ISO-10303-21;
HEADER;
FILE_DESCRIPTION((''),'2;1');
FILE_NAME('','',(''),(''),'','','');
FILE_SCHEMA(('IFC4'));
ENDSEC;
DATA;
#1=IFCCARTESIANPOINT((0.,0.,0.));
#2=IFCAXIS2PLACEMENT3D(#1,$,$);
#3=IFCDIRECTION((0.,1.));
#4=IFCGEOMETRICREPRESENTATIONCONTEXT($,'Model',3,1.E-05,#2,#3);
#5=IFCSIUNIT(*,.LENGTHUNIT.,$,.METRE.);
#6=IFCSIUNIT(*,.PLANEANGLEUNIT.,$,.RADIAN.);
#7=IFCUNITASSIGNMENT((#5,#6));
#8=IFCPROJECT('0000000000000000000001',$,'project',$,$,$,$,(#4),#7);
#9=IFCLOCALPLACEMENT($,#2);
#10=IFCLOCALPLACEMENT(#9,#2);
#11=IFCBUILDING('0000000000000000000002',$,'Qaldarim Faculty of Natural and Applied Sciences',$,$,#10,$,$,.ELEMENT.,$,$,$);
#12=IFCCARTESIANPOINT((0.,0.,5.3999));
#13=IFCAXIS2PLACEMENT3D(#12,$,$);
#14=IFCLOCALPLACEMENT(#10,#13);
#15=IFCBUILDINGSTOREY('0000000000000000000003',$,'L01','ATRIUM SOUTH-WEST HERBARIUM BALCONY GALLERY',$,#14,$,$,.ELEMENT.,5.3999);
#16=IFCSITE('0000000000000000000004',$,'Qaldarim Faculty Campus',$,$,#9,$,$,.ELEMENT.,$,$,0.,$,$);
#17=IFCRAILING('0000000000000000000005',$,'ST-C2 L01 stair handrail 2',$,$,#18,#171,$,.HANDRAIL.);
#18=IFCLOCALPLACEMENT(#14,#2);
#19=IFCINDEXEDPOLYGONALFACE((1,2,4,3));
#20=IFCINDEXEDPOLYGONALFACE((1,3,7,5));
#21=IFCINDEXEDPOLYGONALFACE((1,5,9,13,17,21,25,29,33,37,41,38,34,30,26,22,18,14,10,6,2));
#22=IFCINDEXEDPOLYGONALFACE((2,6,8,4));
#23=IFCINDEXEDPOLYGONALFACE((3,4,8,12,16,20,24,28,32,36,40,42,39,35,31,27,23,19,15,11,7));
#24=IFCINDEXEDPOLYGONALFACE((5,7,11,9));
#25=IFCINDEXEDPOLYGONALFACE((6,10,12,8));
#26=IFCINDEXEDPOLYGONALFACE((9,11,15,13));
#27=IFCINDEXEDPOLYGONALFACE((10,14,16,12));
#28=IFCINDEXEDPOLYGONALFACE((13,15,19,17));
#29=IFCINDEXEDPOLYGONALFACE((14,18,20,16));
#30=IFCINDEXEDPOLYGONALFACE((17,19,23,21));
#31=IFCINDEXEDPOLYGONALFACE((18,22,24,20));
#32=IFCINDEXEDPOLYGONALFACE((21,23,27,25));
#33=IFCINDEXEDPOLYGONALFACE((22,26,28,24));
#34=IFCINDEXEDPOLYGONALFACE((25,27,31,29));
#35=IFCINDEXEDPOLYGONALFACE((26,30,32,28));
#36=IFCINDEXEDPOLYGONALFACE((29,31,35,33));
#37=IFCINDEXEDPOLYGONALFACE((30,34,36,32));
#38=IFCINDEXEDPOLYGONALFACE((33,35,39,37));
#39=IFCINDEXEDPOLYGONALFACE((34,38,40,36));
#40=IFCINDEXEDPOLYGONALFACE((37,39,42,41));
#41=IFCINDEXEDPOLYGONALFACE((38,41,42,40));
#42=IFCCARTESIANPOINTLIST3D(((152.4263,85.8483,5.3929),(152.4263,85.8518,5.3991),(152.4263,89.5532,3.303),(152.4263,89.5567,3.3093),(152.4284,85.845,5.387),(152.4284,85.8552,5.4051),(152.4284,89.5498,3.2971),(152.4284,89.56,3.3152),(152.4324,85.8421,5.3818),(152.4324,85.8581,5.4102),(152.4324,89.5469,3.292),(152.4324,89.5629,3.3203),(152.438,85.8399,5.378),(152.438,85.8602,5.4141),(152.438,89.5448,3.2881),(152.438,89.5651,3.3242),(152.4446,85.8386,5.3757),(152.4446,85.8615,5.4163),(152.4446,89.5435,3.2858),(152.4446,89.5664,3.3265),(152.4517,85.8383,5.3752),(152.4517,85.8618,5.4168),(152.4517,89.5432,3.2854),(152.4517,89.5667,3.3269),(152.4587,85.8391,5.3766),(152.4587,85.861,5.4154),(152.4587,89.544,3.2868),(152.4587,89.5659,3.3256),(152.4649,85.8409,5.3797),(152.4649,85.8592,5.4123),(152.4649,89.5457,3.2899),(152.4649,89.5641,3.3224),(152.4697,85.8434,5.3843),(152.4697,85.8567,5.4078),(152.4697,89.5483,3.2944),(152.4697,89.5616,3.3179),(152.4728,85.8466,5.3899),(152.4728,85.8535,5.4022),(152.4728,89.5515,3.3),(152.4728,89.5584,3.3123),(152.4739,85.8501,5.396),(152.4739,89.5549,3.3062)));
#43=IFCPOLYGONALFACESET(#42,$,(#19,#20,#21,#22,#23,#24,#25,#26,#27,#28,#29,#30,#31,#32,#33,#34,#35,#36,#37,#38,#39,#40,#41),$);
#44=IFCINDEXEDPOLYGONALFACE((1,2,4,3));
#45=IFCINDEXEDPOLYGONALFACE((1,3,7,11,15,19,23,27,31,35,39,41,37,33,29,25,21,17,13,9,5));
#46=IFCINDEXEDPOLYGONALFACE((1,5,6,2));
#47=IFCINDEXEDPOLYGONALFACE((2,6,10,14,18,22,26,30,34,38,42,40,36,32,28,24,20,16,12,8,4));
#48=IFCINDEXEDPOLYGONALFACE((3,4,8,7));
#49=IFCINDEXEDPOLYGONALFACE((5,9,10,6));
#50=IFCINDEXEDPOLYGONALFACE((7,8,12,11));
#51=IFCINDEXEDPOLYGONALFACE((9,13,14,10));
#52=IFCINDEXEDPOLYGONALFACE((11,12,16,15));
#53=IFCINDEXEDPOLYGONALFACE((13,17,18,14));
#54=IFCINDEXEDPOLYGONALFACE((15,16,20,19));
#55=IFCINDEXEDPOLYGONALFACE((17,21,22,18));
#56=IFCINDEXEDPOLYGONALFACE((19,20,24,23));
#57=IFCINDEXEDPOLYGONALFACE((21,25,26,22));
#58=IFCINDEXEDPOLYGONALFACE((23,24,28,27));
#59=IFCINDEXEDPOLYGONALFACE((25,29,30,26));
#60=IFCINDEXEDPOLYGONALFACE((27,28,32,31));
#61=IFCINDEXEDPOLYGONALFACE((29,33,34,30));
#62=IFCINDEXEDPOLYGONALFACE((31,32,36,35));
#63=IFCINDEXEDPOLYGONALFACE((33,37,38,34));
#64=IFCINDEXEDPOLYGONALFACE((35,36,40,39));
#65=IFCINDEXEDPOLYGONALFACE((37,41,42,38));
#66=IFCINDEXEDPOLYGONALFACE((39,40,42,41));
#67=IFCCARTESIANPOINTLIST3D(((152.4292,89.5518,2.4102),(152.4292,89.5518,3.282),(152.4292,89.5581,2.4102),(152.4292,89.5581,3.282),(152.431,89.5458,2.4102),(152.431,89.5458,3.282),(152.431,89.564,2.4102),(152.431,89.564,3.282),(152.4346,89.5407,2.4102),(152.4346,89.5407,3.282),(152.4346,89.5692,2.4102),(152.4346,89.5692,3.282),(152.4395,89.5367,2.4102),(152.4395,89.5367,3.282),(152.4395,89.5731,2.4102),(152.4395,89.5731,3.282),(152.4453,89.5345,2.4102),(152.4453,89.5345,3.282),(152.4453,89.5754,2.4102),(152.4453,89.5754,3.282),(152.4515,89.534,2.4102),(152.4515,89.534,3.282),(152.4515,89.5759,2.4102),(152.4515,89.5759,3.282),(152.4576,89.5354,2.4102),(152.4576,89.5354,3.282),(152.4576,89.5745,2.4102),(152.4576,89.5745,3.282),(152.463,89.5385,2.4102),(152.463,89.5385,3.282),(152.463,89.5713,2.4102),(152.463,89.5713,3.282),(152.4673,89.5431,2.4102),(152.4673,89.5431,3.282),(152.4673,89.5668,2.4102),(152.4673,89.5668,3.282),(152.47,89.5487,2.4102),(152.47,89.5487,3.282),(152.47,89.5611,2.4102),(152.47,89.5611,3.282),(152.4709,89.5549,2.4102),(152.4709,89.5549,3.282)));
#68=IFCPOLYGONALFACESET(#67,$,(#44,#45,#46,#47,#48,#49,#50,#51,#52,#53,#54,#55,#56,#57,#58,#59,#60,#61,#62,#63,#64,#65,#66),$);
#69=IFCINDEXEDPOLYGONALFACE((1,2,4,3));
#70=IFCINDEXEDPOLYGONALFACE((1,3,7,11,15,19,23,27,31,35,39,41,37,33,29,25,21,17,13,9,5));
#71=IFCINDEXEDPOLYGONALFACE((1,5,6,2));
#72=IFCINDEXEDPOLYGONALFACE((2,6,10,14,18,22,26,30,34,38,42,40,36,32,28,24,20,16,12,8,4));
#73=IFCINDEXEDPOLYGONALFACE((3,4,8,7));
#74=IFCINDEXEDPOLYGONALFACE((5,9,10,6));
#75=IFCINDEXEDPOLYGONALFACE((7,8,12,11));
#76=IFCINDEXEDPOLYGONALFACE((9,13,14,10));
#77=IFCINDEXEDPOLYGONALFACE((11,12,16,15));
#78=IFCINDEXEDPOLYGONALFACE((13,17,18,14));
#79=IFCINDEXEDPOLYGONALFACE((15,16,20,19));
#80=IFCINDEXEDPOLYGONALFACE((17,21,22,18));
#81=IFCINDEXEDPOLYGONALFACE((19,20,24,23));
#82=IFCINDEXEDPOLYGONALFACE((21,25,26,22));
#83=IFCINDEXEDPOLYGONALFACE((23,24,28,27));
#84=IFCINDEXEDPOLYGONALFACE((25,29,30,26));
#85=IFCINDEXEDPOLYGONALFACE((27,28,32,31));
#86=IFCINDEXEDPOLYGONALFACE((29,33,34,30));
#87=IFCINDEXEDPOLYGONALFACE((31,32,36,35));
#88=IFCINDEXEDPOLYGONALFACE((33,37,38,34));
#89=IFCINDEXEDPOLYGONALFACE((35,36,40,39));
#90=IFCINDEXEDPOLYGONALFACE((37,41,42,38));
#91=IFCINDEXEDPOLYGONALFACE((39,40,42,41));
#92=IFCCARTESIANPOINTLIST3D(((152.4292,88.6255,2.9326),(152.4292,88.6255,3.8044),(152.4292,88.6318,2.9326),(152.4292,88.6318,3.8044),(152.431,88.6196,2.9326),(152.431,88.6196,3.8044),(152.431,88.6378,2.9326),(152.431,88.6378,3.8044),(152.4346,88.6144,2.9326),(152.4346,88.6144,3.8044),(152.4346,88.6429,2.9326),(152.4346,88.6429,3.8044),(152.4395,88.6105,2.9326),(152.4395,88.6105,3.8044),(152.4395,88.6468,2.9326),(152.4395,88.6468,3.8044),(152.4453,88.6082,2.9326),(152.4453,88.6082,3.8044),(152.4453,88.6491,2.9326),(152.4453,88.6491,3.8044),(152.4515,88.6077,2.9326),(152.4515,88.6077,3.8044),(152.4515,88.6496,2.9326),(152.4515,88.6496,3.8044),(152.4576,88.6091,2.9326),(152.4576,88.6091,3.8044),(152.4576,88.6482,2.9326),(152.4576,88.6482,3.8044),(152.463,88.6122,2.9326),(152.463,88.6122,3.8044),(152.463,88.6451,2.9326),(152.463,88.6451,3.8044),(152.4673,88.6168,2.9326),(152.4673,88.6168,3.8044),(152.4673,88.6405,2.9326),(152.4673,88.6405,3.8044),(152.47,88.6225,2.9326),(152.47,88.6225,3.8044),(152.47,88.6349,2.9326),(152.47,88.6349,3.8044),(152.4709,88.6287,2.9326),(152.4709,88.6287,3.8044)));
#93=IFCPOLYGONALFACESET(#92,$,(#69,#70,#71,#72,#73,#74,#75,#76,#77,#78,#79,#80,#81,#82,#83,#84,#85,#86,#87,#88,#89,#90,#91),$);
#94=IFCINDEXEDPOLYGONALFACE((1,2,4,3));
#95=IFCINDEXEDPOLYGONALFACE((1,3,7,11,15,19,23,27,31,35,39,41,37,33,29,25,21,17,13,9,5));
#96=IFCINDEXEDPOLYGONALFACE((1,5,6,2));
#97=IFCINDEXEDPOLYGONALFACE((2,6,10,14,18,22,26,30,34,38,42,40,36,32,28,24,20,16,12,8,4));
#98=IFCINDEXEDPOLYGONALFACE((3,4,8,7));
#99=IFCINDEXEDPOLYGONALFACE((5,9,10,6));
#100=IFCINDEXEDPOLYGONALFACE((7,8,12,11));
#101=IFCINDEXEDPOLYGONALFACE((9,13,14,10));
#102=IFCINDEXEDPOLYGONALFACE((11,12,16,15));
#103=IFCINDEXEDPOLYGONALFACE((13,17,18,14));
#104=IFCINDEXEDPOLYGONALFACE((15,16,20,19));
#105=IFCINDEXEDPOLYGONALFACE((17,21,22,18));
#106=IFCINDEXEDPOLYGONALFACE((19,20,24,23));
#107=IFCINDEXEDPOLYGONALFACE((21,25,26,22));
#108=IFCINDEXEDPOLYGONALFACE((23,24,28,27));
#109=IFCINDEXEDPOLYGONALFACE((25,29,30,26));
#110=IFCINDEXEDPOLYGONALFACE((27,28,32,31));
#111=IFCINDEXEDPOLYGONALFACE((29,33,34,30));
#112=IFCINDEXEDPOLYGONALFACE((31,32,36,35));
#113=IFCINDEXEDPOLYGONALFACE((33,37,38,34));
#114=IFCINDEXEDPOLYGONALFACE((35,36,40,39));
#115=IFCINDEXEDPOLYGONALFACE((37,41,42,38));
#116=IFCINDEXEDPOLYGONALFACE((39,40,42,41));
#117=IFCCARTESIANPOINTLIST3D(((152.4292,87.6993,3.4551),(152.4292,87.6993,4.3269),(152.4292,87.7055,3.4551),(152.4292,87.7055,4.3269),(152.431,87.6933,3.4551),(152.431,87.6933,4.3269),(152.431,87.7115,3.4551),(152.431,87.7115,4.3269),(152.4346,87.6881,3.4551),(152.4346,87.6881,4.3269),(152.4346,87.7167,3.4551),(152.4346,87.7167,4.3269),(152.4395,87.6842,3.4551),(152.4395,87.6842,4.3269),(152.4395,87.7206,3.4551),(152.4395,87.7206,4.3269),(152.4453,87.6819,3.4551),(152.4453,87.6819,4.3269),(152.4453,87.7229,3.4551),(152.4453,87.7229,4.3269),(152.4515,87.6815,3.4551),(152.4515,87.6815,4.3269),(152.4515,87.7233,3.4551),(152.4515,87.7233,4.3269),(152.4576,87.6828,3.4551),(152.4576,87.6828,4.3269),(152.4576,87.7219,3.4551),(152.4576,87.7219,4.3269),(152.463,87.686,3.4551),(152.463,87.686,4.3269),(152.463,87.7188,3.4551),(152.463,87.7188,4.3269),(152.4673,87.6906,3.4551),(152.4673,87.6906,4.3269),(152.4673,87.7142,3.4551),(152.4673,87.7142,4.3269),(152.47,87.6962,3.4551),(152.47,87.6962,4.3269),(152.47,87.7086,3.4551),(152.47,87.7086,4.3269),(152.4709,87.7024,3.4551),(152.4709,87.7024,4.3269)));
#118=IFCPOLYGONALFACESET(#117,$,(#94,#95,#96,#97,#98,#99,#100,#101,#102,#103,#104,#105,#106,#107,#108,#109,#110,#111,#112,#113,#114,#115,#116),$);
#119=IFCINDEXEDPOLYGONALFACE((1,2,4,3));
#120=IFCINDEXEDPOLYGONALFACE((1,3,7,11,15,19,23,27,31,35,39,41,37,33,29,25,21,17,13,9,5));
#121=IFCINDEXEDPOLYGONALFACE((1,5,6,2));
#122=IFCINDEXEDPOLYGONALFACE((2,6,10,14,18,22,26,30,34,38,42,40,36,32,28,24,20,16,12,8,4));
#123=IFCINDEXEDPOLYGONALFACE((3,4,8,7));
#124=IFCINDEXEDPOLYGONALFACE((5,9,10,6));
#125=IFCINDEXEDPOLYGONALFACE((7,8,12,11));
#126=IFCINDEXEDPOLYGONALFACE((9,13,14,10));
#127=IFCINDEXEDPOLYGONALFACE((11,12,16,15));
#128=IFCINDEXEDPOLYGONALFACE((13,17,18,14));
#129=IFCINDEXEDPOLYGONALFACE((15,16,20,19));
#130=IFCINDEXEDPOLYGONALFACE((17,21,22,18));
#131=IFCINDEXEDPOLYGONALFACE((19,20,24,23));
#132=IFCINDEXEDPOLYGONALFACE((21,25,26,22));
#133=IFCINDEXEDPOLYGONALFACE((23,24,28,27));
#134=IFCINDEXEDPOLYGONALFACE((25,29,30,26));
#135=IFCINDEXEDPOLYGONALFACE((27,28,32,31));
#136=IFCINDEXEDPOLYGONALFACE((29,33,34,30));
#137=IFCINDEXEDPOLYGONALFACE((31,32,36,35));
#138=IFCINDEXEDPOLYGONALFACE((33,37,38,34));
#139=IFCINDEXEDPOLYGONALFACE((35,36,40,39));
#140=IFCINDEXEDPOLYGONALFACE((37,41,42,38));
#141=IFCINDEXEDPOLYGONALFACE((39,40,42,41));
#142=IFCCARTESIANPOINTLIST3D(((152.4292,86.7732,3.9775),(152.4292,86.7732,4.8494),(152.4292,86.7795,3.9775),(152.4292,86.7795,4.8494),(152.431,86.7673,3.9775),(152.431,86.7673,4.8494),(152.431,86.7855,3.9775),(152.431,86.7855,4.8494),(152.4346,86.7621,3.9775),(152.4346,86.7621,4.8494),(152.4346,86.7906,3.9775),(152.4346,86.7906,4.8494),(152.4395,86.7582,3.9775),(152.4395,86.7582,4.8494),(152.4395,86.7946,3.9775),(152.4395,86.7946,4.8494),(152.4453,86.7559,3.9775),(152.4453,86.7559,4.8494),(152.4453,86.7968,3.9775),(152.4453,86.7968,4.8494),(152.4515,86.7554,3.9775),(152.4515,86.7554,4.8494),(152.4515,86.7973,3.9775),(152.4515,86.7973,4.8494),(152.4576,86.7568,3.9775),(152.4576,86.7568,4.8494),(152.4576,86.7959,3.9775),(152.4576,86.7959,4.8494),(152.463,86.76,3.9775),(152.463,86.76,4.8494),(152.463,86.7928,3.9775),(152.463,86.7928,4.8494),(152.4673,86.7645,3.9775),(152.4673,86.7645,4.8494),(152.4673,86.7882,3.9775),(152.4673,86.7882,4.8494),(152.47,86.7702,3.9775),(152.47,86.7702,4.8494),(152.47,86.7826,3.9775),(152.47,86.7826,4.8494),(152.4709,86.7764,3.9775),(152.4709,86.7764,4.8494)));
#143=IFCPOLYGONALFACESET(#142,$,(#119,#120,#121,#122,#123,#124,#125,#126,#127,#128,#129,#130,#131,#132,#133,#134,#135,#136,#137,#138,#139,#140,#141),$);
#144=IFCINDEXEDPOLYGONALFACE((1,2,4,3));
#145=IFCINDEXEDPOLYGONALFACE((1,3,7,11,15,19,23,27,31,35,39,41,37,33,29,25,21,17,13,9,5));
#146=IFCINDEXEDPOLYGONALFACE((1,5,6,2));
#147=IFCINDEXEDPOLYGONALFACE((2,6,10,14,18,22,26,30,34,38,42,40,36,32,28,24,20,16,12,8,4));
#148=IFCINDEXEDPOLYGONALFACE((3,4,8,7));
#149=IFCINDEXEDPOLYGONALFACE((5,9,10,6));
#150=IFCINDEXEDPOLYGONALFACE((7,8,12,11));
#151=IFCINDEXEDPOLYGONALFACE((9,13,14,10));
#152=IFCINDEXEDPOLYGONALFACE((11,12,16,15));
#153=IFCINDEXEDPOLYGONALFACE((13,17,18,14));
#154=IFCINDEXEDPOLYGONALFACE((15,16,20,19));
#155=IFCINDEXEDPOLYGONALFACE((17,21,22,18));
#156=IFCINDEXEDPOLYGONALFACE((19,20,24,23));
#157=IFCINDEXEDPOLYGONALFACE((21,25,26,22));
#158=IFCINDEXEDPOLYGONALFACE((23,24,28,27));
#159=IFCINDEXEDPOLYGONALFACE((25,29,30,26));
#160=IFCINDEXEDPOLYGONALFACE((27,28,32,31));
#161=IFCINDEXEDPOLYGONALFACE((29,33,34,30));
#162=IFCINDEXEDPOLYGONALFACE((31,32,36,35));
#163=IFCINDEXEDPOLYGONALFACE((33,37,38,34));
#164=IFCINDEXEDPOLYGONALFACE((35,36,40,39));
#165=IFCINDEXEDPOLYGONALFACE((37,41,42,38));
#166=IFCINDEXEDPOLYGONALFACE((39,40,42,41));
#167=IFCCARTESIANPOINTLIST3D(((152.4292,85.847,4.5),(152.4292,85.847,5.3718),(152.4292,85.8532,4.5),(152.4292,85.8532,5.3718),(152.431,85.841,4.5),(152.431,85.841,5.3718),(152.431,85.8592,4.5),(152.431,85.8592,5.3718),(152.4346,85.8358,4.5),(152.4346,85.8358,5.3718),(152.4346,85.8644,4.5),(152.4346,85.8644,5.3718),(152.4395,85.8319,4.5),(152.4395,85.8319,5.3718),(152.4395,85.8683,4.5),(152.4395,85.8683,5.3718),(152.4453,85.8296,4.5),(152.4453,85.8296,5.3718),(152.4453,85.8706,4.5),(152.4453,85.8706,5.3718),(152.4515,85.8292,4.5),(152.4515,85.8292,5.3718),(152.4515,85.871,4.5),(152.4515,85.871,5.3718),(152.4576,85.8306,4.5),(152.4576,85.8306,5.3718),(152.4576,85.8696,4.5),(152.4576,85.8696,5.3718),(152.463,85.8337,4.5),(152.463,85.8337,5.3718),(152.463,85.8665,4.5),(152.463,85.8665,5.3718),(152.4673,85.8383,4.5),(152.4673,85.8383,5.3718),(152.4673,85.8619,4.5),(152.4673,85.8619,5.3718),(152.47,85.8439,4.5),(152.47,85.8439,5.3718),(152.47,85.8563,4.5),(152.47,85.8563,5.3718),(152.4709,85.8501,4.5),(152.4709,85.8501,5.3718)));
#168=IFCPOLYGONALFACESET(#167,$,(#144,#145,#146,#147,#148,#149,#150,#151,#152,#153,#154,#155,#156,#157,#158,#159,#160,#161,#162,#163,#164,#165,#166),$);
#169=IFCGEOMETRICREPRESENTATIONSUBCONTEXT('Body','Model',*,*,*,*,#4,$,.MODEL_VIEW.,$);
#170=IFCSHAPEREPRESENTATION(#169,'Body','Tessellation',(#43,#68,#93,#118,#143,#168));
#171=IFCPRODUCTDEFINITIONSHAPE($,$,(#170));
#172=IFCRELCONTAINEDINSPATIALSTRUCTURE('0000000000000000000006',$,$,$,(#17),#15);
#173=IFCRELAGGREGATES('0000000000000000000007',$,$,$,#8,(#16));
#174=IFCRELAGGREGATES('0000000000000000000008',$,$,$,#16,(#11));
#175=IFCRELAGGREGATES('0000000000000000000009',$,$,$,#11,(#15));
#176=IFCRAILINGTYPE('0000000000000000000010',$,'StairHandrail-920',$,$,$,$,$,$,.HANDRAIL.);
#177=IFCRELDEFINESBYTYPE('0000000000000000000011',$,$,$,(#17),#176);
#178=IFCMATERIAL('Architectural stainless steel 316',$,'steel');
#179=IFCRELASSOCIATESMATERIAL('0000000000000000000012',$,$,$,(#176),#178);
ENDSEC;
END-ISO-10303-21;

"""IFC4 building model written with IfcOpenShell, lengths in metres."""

from ifc_helpers import new_model, si_unit, direction, frame, origin, origin_2d, place, context, subcontext, project, spatial, circle, extrude, material, type_object, element, save


model = new_model("IFC4")

# Units and contexts
model_context = context("Model", 3, precision=1e-05, world=origin(), true_north=direction((0.0, 1.0)))
body_context = subcontext(model_context, "Body", "Model", "MODEL_VIEW")
ifc_project = project(units=[si_unit("LENGTHUNIT", "METRE"), si_unit("PLANEANGLEUNIT", "RADIAN")], contexts=[model_context])

# Site, building, storey
site_placement = place(None, origin())
site = spatial("IfcSite", under=ifc_project, at=site_placement, Name="Qaldarim Faculty Campus", CompositionType="ELEMENT", RefElevation=0.0)
building_placement = place(site_placement, origin())
building = spatial("IfcBuilding", under=site, at=building_placement, Name="Qaldarim Faculty of Natural and Applied Sciences", CompositionType="ELEMENT")
storey_placement = place(building_placement, frame((0.0, 0.0, 5.3999)))
storey = spatial("IfcBuildingStorey", under=building, at=storey_placement, Name="L01", Description="ATRIUM SOUTH-WEST HERBARIUM BALCONY GALLERY", CompositionType="ELEMENT", Elevation=5.3999)

# Railing
ifc_material_1 = material(Name="Architectural stainless steel 316", Category="steel")
railing_type = type_object("IfcRailingType", Name="StairHandrail-920", PredefinedType="HANDRAIL", material=ifc_material_1)
railing_placement = place(storey_placement, frame((152.45, 89.5549, 2.4102)))
element("IfcRailing", 1, at=railing_placement, inside=storey, type_object=railing_type, Name="ST-C2 L01 stair handrail 2", PredefinedType="HANDRAIL", context=body_context, shape_type="SweptSolid", body=[
    extrude(circle(Radius=0.0239, at=origin_2d()), frame((0.0, 0.0, 0.896), z_axis=(0.0, -0.870985, 0.49131), x_axis=(1.0, 0.0, 0.0)), (0.0, 0.0, 1.0), 4.2537),
    extrude(circle(Radius=0.021, at=origin_2d()), origin(), (0.0, 0.0, 1.0), 0.8718),
    extrude(circle(Radius=0.021, at=origin_2d()), frame((0.0, -0.9263, 0.5225)), (0.0, 0.0, 1.0), 0.8718),
    extrude(circle(Radius=0.021, at=origin_2d()), frame((0.0, -1.8525, 1.0449)), (0.0, 0.0, 1.0), 0.8718),
    extrude(circle(Radius=0.021, at=origin_2d()), frame((0.0, -2.7786, 1.5674)), (0.0, 0.0, 1.0), 0.8718),
    extrude(circle(Radius=0.021, at=origin_2d()), frame((0.0, -3.7048, 2.0898)), (0.0, 0.0, 1.0), 0.8718),
])

save(model, "model.ifc")
